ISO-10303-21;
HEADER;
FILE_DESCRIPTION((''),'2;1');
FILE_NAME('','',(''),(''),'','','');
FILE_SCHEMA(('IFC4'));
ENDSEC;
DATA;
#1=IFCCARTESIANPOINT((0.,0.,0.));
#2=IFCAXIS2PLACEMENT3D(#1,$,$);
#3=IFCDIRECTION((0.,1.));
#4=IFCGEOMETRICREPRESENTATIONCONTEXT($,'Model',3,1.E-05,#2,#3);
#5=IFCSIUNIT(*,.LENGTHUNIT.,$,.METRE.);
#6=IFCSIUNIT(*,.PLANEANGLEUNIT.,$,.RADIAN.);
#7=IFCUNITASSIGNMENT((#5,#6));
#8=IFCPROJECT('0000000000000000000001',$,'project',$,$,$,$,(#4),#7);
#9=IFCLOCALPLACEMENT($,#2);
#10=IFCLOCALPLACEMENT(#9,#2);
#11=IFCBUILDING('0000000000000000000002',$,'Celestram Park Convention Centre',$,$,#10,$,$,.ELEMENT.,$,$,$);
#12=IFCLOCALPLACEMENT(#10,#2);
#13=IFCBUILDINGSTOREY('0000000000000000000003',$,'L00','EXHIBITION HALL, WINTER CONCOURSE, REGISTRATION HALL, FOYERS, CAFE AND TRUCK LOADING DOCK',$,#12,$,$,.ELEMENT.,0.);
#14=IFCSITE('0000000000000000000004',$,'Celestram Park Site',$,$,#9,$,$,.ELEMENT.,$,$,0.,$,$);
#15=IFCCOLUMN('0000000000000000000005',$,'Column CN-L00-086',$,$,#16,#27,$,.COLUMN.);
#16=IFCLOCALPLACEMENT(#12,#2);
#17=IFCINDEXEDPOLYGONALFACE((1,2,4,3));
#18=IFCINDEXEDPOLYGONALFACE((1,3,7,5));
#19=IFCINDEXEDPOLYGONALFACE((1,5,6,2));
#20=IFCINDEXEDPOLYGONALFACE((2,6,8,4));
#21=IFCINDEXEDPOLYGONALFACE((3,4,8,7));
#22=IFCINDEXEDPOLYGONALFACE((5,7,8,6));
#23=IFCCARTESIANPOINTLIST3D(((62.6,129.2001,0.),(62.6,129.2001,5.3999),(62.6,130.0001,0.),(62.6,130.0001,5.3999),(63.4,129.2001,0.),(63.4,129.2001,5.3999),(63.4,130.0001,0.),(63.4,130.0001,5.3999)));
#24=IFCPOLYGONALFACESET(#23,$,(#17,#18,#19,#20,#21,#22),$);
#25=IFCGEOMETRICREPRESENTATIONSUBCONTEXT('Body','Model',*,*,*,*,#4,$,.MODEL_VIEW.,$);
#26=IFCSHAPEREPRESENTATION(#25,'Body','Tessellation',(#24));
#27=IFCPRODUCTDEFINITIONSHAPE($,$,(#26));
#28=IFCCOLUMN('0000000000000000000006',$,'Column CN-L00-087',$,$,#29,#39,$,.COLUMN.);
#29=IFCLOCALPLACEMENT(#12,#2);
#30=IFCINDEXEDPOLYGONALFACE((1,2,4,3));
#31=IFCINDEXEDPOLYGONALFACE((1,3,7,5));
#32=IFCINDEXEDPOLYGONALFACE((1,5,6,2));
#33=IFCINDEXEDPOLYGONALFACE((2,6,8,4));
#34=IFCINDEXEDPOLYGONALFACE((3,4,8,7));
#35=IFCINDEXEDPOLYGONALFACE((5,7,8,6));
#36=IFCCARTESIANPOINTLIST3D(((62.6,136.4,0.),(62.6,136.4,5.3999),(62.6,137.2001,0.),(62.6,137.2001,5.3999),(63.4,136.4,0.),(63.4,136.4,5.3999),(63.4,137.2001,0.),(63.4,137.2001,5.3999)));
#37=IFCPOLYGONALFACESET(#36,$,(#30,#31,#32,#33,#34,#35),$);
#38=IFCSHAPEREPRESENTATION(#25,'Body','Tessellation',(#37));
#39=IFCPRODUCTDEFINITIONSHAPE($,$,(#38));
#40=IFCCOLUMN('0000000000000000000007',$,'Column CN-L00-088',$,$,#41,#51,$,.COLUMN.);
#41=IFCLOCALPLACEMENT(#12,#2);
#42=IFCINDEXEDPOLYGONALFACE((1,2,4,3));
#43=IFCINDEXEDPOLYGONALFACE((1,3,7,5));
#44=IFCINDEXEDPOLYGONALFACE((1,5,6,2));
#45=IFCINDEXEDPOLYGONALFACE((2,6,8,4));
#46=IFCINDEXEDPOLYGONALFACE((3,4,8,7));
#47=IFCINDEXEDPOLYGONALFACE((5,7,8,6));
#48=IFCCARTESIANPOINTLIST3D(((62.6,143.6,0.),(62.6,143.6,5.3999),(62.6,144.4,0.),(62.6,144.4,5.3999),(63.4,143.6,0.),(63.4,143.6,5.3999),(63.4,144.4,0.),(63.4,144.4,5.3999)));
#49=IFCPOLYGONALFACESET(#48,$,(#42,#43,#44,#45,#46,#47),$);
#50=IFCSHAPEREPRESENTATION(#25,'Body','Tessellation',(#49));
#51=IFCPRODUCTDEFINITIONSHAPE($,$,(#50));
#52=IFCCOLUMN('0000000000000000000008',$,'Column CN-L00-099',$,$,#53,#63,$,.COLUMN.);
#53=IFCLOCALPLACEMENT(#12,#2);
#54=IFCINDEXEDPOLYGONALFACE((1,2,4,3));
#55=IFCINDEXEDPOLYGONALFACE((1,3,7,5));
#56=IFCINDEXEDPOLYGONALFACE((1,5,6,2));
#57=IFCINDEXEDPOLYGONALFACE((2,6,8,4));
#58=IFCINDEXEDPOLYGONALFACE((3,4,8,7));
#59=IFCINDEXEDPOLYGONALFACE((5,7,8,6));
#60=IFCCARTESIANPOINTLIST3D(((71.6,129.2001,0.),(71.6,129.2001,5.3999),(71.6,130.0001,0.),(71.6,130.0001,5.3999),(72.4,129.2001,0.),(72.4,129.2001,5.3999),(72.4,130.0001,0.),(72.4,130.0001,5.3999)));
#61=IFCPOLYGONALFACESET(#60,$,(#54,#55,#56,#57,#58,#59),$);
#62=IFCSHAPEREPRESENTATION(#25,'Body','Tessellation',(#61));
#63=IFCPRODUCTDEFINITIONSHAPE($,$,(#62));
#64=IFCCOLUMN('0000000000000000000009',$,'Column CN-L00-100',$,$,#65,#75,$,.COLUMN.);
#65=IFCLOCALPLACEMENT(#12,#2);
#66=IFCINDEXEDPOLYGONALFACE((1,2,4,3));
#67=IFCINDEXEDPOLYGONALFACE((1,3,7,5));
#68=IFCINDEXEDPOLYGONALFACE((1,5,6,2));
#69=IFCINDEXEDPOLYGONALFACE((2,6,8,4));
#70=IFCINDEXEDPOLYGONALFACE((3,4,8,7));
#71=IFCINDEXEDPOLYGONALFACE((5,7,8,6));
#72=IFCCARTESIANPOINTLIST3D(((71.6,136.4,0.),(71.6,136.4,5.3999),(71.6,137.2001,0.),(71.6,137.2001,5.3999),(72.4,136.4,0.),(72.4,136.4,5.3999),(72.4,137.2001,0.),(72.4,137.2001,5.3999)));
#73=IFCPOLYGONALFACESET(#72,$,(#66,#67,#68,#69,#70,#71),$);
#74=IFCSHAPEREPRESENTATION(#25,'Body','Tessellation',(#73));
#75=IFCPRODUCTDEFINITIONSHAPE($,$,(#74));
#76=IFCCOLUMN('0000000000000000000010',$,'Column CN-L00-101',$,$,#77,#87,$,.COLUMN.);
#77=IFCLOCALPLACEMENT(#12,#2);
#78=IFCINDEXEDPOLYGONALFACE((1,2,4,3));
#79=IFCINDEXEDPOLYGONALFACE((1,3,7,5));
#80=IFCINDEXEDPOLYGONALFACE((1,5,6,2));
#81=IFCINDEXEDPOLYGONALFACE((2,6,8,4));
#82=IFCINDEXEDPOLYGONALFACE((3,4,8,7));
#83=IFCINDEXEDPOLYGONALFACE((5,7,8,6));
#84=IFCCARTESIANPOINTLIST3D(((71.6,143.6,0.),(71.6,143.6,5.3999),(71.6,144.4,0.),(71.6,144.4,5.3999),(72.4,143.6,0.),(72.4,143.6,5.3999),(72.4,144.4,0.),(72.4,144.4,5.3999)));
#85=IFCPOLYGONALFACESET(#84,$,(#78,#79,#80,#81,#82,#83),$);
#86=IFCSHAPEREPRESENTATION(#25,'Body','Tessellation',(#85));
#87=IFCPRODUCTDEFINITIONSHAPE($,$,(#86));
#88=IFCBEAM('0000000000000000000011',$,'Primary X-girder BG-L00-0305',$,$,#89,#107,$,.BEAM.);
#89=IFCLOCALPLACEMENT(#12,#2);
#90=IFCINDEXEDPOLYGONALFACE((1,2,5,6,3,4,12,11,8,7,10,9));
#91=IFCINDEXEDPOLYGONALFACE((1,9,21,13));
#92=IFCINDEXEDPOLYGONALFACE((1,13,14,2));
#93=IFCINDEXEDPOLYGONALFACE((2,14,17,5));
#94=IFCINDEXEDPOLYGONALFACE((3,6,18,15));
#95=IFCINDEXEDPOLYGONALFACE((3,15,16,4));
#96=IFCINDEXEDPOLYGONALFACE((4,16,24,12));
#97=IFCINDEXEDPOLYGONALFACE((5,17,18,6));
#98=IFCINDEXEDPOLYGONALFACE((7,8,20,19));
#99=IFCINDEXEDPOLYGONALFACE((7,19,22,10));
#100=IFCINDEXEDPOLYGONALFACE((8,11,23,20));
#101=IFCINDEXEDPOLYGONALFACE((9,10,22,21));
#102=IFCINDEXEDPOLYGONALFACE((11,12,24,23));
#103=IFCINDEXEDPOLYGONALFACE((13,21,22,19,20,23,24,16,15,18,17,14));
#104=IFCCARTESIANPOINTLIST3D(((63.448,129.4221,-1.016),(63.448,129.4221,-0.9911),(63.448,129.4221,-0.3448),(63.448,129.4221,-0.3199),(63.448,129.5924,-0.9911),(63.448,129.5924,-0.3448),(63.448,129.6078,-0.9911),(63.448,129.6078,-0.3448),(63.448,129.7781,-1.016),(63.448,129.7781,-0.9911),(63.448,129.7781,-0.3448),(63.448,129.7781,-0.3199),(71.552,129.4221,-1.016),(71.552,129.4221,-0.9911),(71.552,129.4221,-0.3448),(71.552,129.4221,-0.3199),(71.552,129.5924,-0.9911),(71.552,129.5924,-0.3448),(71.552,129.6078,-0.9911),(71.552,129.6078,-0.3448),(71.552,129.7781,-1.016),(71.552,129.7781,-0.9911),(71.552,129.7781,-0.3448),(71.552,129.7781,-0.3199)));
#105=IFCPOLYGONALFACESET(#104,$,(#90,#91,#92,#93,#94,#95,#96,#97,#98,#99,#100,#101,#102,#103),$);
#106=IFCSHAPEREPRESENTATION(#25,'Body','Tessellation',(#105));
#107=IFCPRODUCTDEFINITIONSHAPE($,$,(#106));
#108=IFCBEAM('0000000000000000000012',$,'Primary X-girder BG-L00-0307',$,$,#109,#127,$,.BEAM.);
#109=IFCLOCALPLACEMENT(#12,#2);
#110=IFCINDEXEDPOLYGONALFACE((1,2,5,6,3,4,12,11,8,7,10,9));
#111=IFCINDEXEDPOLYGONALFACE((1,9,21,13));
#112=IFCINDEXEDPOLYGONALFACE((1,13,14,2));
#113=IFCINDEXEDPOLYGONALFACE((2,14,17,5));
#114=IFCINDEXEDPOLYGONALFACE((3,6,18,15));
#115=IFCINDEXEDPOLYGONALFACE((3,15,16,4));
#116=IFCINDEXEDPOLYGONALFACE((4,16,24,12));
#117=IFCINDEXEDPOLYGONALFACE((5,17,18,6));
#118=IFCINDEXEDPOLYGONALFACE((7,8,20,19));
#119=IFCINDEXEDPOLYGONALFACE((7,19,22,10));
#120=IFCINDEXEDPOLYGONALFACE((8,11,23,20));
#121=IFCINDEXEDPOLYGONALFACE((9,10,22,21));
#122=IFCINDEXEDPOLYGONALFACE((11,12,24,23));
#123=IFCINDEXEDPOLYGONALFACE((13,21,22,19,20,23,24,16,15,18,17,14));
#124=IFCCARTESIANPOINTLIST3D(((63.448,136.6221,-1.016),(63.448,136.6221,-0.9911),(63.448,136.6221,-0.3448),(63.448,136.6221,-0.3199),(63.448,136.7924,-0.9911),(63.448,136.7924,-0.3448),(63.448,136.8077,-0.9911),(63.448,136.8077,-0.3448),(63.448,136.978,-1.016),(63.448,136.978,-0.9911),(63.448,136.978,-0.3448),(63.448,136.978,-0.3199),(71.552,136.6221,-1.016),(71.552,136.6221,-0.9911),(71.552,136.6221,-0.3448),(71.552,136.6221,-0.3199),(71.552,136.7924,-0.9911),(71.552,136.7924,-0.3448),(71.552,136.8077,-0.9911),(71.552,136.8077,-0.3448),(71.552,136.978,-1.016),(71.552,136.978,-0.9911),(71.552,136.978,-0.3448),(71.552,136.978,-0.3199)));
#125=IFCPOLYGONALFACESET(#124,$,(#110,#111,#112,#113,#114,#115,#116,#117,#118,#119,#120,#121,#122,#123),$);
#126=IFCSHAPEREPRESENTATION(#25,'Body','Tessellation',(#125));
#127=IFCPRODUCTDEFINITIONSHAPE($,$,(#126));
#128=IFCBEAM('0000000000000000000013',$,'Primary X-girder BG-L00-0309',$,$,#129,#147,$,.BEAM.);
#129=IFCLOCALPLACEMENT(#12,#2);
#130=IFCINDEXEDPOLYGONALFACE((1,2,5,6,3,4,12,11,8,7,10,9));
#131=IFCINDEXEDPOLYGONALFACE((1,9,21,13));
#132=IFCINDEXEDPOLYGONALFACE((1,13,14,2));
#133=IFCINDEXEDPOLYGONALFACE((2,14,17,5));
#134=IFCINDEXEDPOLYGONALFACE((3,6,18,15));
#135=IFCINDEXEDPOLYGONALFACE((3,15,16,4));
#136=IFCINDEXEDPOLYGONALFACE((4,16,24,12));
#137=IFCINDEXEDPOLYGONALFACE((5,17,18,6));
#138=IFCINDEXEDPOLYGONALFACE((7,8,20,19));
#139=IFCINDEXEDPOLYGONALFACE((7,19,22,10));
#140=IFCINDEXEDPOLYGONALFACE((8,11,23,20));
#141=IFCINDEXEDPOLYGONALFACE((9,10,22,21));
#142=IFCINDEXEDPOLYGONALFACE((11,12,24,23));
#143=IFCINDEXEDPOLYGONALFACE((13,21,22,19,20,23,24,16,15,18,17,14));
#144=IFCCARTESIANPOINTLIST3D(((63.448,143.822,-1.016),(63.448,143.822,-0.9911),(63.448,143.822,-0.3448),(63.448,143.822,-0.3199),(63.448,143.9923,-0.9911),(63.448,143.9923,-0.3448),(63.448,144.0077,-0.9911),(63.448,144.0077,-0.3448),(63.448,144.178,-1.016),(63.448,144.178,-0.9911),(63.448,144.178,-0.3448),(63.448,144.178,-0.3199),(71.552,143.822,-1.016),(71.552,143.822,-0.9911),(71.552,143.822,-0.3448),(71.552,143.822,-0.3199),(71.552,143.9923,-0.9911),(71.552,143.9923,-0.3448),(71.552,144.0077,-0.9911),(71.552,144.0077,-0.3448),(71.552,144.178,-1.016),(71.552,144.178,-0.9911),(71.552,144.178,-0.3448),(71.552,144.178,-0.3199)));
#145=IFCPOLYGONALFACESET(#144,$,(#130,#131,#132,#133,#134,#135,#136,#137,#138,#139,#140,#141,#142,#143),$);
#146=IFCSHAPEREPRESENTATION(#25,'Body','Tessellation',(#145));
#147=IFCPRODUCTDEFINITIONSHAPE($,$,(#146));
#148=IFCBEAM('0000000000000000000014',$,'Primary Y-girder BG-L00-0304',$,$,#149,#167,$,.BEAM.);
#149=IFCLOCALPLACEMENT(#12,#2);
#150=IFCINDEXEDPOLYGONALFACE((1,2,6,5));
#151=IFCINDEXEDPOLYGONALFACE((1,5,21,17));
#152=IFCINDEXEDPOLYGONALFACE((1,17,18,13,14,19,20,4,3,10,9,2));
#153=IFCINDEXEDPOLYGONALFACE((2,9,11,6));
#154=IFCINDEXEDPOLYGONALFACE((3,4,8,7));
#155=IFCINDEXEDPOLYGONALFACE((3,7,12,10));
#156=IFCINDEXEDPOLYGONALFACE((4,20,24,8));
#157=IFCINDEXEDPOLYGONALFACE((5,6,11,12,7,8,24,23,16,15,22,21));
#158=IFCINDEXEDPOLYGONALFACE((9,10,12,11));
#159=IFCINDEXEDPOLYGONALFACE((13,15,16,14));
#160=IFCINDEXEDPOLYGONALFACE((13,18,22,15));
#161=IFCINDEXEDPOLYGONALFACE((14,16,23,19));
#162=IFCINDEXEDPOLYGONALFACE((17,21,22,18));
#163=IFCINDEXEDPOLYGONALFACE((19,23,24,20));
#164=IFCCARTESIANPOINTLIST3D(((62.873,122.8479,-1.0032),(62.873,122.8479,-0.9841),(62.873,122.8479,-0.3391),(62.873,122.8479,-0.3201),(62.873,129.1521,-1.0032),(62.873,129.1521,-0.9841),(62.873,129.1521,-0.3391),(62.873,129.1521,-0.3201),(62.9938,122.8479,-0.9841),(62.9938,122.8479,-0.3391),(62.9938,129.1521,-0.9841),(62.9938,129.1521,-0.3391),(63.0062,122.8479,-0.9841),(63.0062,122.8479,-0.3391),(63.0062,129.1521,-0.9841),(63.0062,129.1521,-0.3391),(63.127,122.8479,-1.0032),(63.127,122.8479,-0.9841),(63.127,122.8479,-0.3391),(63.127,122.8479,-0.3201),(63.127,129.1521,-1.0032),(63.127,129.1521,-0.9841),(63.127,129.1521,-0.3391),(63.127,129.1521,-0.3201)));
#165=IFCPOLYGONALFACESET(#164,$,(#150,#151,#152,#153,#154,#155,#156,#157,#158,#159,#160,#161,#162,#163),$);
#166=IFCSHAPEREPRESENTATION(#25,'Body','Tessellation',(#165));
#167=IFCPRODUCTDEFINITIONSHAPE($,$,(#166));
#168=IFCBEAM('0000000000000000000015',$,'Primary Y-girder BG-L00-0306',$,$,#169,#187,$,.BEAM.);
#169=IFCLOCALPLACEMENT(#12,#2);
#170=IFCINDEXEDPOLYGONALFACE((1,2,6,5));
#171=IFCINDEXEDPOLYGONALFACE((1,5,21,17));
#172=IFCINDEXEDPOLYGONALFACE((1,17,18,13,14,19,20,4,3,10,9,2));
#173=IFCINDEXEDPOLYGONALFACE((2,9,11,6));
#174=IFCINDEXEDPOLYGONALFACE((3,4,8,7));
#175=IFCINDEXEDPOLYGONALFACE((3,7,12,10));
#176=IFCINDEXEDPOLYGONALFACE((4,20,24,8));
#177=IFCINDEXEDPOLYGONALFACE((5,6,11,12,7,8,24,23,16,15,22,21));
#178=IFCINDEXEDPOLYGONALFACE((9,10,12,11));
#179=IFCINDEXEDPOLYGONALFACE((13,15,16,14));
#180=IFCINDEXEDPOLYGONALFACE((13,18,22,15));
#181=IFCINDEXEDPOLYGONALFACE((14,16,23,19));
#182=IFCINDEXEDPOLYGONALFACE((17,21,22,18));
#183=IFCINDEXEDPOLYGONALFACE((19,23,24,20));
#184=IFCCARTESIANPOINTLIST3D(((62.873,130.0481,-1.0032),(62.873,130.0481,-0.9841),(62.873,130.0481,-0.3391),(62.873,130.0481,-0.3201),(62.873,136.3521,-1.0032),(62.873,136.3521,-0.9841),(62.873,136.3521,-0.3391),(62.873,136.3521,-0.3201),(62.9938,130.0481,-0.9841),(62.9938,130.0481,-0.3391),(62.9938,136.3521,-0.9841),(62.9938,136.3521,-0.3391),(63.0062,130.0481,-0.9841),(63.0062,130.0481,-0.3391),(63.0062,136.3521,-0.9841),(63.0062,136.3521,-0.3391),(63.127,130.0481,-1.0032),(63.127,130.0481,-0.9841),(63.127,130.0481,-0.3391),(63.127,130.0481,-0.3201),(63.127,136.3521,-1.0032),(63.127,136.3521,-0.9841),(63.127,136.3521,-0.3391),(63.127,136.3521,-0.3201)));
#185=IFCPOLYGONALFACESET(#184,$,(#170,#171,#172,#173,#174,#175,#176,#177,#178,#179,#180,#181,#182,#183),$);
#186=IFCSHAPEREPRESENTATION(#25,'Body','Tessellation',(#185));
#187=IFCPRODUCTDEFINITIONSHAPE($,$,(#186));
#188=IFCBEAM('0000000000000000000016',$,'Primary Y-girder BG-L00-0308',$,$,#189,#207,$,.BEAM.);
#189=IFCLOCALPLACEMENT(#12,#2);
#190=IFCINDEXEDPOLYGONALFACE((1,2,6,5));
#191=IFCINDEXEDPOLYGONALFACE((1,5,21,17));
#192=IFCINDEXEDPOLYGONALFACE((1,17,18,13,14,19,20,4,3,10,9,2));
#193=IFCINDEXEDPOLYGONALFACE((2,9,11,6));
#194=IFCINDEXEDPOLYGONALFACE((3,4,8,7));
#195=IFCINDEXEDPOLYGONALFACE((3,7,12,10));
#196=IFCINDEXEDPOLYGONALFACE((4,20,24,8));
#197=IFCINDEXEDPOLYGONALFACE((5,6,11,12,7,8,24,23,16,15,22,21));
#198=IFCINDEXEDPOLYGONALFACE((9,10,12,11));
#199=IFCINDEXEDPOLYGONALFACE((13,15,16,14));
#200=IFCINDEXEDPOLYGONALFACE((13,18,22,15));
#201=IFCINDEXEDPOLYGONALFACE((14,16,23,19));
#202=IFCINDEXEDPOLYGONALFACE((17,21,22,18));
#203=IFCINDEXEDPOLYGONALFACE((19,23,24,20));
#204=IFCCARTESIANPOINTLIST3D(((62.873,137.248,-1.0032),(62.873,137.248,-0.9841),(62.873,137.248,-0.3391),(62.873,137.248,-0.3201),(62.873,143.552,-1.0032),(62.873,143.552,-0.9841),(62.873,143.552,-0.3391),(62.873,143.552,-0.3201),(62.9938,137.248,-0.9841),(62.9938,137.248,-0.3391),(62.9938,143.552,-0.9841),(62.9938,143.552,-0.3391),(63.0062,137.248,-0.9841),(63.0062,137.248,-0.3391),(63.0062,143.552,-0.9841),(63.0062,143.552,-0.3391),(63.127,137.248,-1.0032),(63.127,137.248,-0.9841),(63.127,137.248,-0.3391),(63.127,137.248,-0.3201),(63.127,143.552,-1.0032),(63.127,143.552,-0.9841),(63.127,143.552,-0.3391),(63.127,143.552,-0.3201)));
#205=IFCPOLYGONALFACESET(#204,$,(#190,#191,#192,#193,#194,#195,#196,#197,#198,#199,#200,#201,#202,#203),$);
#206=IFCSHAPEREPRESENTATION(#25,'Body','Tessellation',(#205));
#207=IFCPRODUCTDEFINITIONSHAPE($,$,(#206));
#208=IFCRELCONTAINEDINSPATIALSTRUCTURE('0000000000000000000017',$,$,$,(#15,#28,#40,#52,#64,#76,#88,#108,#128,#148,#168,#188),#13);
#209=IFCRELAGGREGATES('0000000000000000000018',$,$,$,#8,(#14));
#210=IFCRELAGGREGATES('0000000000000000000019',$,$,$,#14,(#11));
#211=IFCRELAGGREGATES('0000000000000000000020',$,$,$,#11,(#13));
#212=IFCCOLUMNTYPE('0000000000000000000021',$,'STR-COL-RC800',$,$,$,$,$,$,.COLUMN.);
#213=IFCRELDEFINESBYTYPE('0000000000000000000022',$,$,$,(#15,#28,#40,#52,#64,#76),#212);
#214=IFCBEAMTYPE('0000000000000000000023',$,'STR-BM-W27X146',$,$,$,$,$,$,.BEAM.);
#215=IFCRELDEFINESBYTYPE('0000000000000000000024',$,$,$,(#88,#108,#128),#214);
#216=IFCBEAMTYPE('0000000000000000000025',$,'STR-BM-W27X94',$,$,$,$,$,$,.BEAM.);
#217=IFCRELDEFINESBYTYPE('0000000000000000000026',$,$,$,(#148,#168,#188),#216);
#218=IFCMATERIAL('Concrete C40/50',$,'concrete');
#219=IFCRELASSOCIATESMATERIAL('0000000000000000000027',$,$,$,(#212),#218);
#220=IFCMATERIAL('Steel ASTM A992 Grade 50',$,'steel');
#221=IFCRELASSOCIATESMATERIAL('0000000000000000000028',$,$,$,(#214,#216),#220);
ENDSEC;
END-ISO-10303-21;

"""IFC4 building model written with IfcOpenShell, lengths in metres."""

from ifc_helpers import new_model, si_unit, direction, frame, origin, origin_2d, place, context, subcontext, project, spatial, rectangle, i_section, extrude, material, material_profile, profile_set, type_object, element, save


model = new_model("IFC4")

# Units and contexts
model_context = context("Model", 3, precision=1e-05, world=origin(), true_north=direction((0.0, 1.0)))
body_context = subcontext(model_context, "Body", "Model", "MODEL_VIEW")
ifc_project = project(units=[si_unit("LENGTHUNIT", "METRE"), si_unit("PLANEANGLEUNIT", "RADIAN")], contexts=[model_context])

# Site, building, storey
site_placement = place(None, origin())
site = spatial("IfcSite", under=ifc_project, at=site_placement, Name="Celestram Park Site", CompositionType="ELEMENT", RefElevation=0.0)
building_placement = place(site_placement, origin())
building = spatial("IfcBuilding", under=site, at=building_placement, Name="Celestram Park Convention Centre", CompositionType="ELEMENT")
storey_placement = place(building_placement, origin())
storey = spatial("IfcBuildingStorey", under=building, at=storey_placement, Name="L00", Description="EXHIBITION HALL, WINTER CONCOURSE, REGISTRATION HALL, FOYERS, CAFE AND TRUCK LOADING DOCK", CompositionType="ELEMENT", Elevation=0.0)

# Columns
ifc_material_1 = material(Name="Concrete C40/50", Category="concrete")
ifc_material_profile_1 = material_profile(ifc_material_1, rectangle(XDim=0.8, YDim=0.8, at=origin_2d()), Name="RC800X800")
ifc_profile_set_1 = profile_set([ifc_material_profile_1], Name="Concrete C40/50")
column_type = type_object("IfcColumnType", Name="STR-COL-RC800", PredefinedType="COLUMN", material=ifc_profile_set_1)
for number, where, z_axis, x_axis, name in (
    (1, (63.0, 129.6001, 0.0), (0.0, 0.0, 1.0), (1.0, 0.0, 0.0), "Column CN-L00-086"),
    (2, (63.0, 136.8, 0.0), (0.0, 0.0, 1.0), (1.0, 0.0, 0.0), "Column CN-L00-087"),
    (3, (63.0, 144.0, 0.0), (0.0, 0.0, 1.0), (1.0, 0.0, 0.0), "Column CN-L00-088"),
    (4, (72.0, 129.6001, 0.0), (0.0, 0.0, 1.0), (1.0, 0.0, 0.0), "Column CN-L00-099"),
    (5, (72.0, 136.8, 0.0), (0.0, 0.0, 1.0), (1.0, 0.0, 0.0), "Column CN-L00-100"),
    (6, (72.0, 144.0, 0.0), (0.0, 0.0, 1.0), (1.0, 0.0, 0.0), "Column CN-L00-101"),
):
    element("IfcColumn", number, at=place(storey_placement, frame(where, z_axis=z_axis, x_axis=x_axis)), inside=storey, type_object=column_type, Name=name, PredefinedType="COLUMN", context=body_context, shape_type="SweptSolid", body=[
        extrude(rectangle(XDim=0.8, YDim=0.8, at=origin_2d()), origin(), (0.0, 0.0, 1.0), 5.3999),
    ])

# Beams
ifc_material_2 = material(Name="Steel ASTM A992 Grade 50", Category="steel")
ifc_material_profile_2 = material_profile(ifc_material_2, i_section(OverallWidth=0.356, OverallDepth=0.696, WebThickness=0.0154, FlangeThickness=0.0249, at=origin_2d()), Name="W27X146")
ifc_profile_set_2 = profile_set([ifc_material_profile_2], Name="Steel ASTM A992 Grade 50")
beam_type_1 = type_object("IfcBeamType", Name="STR-BM-W27X146", PredefinedType="BEAM", material=ifc_profile_set_2)
for number, where, z_axis, x_axis, name in (
    (7, (63.448, 129.6001, -0.668), (1.0, 0.0, 0.0), (0.0, 1.0, 0.0), "Primary X-girder BG-L00-0305"),
    (8, (63.448, 136.8, -0.668), (1.0, 0.0, 0.0), (0.0, 1.0, 0.0), "Primary X-girder BG-L00-0307"),
    (9, (63.448, 144.0, -0.668), (1.0, 0.0, 0.0), (0.0, 1.0, 0.0), "Primary X-girder BG-L00-0309"),
):
    element("IfcBeam", number, at=place(storey_placement, frame(where, z_axis=z_axis, x_axis=x_axis)), inside=storey, type_object=beam_type_1, Name=name, PredefinedType="BEAM", context=body_context, shape_type="SweptSolid", body=[
        extrude(i_section(OverallWidth=0.356, OverallDepth=0.696, WebThickness=0.0154, FlangeThickness=0.0249, at=origin_2d()), origin(), (0.0, 0.0, 1.0), 8.104),
    ])
ifc_material_profile_3 = material_profile(ifc_material_2, i_section(OverallWidth=0.2539, OverallDepth=0.6831, WebThickness=0.0125, FlangeThickness=0.019, at=origin_2d()), Name="W27X94")
ifc_profile_set_3 = profile_set([ifc_material_profile_3], Name="Steel ASTM A992 Grade 50")
beam_type_2 = type_object("IfcBeamType", Name="STR-BM-W27X94", PredefinedType="BEAM", material=ifc_profile_set_3)
beam_1_placement = place(storey_placement, frame((63.0, 122.8479, -0.6616), z_axis=(0.0, 1.0, 0.0), x_axis=(-1.0, 0.0, 0.0)))
element("IfcBeam", 10, at=beam_1_placement, inside=storey, type_object=beam_type_2, Name="Primary Y-girder BG-L00-0304", PredefinedType="BEAM", context=body_context, shape_type="SweptSolid", body=[
    extrude(i_section(OverallWidth=0.2539, OverallDepth=0.6831, WebThickness=0.0125, FlangeThickness=0.019, at=origin_2d()), origin(), (0.0, 0.0, 1.0), 6.3042),
])
for number, where, z_axis, x_axis, name in (
    (11, (63.0, 130.0481, -0.6616), (0.0, 1.0, 0.0), (-1.0, 0.0, 0.0), "Primary Y-girder BG-L00-0306"),
    (12, (63.0, 137.248, -0.6616), (0.0, 1.0, 0.0), (-1.0, 0.0, 0.0), "Primary Y-girder BG-L00-0308"),
):
    element("IfcBeam", number, at=place(storey_placement, frame(where, z_axis=z_axis, x_axis=x_axis)), inside=storey, type_object=beam_type_2, Name=name, PredefinedType="BEAM", context=body_context, shape_type="SweptSolid", body=[
        extrude(i_section(OverallWidth=0.2539, OverallDepth=0.6831, WebThickness=0.0125, FlangeThickness=0.019, at=origin_2d()), origin(), (0.0, 0.0, 1.0), 6.304),
    ])

save(model, "model.ifc")
